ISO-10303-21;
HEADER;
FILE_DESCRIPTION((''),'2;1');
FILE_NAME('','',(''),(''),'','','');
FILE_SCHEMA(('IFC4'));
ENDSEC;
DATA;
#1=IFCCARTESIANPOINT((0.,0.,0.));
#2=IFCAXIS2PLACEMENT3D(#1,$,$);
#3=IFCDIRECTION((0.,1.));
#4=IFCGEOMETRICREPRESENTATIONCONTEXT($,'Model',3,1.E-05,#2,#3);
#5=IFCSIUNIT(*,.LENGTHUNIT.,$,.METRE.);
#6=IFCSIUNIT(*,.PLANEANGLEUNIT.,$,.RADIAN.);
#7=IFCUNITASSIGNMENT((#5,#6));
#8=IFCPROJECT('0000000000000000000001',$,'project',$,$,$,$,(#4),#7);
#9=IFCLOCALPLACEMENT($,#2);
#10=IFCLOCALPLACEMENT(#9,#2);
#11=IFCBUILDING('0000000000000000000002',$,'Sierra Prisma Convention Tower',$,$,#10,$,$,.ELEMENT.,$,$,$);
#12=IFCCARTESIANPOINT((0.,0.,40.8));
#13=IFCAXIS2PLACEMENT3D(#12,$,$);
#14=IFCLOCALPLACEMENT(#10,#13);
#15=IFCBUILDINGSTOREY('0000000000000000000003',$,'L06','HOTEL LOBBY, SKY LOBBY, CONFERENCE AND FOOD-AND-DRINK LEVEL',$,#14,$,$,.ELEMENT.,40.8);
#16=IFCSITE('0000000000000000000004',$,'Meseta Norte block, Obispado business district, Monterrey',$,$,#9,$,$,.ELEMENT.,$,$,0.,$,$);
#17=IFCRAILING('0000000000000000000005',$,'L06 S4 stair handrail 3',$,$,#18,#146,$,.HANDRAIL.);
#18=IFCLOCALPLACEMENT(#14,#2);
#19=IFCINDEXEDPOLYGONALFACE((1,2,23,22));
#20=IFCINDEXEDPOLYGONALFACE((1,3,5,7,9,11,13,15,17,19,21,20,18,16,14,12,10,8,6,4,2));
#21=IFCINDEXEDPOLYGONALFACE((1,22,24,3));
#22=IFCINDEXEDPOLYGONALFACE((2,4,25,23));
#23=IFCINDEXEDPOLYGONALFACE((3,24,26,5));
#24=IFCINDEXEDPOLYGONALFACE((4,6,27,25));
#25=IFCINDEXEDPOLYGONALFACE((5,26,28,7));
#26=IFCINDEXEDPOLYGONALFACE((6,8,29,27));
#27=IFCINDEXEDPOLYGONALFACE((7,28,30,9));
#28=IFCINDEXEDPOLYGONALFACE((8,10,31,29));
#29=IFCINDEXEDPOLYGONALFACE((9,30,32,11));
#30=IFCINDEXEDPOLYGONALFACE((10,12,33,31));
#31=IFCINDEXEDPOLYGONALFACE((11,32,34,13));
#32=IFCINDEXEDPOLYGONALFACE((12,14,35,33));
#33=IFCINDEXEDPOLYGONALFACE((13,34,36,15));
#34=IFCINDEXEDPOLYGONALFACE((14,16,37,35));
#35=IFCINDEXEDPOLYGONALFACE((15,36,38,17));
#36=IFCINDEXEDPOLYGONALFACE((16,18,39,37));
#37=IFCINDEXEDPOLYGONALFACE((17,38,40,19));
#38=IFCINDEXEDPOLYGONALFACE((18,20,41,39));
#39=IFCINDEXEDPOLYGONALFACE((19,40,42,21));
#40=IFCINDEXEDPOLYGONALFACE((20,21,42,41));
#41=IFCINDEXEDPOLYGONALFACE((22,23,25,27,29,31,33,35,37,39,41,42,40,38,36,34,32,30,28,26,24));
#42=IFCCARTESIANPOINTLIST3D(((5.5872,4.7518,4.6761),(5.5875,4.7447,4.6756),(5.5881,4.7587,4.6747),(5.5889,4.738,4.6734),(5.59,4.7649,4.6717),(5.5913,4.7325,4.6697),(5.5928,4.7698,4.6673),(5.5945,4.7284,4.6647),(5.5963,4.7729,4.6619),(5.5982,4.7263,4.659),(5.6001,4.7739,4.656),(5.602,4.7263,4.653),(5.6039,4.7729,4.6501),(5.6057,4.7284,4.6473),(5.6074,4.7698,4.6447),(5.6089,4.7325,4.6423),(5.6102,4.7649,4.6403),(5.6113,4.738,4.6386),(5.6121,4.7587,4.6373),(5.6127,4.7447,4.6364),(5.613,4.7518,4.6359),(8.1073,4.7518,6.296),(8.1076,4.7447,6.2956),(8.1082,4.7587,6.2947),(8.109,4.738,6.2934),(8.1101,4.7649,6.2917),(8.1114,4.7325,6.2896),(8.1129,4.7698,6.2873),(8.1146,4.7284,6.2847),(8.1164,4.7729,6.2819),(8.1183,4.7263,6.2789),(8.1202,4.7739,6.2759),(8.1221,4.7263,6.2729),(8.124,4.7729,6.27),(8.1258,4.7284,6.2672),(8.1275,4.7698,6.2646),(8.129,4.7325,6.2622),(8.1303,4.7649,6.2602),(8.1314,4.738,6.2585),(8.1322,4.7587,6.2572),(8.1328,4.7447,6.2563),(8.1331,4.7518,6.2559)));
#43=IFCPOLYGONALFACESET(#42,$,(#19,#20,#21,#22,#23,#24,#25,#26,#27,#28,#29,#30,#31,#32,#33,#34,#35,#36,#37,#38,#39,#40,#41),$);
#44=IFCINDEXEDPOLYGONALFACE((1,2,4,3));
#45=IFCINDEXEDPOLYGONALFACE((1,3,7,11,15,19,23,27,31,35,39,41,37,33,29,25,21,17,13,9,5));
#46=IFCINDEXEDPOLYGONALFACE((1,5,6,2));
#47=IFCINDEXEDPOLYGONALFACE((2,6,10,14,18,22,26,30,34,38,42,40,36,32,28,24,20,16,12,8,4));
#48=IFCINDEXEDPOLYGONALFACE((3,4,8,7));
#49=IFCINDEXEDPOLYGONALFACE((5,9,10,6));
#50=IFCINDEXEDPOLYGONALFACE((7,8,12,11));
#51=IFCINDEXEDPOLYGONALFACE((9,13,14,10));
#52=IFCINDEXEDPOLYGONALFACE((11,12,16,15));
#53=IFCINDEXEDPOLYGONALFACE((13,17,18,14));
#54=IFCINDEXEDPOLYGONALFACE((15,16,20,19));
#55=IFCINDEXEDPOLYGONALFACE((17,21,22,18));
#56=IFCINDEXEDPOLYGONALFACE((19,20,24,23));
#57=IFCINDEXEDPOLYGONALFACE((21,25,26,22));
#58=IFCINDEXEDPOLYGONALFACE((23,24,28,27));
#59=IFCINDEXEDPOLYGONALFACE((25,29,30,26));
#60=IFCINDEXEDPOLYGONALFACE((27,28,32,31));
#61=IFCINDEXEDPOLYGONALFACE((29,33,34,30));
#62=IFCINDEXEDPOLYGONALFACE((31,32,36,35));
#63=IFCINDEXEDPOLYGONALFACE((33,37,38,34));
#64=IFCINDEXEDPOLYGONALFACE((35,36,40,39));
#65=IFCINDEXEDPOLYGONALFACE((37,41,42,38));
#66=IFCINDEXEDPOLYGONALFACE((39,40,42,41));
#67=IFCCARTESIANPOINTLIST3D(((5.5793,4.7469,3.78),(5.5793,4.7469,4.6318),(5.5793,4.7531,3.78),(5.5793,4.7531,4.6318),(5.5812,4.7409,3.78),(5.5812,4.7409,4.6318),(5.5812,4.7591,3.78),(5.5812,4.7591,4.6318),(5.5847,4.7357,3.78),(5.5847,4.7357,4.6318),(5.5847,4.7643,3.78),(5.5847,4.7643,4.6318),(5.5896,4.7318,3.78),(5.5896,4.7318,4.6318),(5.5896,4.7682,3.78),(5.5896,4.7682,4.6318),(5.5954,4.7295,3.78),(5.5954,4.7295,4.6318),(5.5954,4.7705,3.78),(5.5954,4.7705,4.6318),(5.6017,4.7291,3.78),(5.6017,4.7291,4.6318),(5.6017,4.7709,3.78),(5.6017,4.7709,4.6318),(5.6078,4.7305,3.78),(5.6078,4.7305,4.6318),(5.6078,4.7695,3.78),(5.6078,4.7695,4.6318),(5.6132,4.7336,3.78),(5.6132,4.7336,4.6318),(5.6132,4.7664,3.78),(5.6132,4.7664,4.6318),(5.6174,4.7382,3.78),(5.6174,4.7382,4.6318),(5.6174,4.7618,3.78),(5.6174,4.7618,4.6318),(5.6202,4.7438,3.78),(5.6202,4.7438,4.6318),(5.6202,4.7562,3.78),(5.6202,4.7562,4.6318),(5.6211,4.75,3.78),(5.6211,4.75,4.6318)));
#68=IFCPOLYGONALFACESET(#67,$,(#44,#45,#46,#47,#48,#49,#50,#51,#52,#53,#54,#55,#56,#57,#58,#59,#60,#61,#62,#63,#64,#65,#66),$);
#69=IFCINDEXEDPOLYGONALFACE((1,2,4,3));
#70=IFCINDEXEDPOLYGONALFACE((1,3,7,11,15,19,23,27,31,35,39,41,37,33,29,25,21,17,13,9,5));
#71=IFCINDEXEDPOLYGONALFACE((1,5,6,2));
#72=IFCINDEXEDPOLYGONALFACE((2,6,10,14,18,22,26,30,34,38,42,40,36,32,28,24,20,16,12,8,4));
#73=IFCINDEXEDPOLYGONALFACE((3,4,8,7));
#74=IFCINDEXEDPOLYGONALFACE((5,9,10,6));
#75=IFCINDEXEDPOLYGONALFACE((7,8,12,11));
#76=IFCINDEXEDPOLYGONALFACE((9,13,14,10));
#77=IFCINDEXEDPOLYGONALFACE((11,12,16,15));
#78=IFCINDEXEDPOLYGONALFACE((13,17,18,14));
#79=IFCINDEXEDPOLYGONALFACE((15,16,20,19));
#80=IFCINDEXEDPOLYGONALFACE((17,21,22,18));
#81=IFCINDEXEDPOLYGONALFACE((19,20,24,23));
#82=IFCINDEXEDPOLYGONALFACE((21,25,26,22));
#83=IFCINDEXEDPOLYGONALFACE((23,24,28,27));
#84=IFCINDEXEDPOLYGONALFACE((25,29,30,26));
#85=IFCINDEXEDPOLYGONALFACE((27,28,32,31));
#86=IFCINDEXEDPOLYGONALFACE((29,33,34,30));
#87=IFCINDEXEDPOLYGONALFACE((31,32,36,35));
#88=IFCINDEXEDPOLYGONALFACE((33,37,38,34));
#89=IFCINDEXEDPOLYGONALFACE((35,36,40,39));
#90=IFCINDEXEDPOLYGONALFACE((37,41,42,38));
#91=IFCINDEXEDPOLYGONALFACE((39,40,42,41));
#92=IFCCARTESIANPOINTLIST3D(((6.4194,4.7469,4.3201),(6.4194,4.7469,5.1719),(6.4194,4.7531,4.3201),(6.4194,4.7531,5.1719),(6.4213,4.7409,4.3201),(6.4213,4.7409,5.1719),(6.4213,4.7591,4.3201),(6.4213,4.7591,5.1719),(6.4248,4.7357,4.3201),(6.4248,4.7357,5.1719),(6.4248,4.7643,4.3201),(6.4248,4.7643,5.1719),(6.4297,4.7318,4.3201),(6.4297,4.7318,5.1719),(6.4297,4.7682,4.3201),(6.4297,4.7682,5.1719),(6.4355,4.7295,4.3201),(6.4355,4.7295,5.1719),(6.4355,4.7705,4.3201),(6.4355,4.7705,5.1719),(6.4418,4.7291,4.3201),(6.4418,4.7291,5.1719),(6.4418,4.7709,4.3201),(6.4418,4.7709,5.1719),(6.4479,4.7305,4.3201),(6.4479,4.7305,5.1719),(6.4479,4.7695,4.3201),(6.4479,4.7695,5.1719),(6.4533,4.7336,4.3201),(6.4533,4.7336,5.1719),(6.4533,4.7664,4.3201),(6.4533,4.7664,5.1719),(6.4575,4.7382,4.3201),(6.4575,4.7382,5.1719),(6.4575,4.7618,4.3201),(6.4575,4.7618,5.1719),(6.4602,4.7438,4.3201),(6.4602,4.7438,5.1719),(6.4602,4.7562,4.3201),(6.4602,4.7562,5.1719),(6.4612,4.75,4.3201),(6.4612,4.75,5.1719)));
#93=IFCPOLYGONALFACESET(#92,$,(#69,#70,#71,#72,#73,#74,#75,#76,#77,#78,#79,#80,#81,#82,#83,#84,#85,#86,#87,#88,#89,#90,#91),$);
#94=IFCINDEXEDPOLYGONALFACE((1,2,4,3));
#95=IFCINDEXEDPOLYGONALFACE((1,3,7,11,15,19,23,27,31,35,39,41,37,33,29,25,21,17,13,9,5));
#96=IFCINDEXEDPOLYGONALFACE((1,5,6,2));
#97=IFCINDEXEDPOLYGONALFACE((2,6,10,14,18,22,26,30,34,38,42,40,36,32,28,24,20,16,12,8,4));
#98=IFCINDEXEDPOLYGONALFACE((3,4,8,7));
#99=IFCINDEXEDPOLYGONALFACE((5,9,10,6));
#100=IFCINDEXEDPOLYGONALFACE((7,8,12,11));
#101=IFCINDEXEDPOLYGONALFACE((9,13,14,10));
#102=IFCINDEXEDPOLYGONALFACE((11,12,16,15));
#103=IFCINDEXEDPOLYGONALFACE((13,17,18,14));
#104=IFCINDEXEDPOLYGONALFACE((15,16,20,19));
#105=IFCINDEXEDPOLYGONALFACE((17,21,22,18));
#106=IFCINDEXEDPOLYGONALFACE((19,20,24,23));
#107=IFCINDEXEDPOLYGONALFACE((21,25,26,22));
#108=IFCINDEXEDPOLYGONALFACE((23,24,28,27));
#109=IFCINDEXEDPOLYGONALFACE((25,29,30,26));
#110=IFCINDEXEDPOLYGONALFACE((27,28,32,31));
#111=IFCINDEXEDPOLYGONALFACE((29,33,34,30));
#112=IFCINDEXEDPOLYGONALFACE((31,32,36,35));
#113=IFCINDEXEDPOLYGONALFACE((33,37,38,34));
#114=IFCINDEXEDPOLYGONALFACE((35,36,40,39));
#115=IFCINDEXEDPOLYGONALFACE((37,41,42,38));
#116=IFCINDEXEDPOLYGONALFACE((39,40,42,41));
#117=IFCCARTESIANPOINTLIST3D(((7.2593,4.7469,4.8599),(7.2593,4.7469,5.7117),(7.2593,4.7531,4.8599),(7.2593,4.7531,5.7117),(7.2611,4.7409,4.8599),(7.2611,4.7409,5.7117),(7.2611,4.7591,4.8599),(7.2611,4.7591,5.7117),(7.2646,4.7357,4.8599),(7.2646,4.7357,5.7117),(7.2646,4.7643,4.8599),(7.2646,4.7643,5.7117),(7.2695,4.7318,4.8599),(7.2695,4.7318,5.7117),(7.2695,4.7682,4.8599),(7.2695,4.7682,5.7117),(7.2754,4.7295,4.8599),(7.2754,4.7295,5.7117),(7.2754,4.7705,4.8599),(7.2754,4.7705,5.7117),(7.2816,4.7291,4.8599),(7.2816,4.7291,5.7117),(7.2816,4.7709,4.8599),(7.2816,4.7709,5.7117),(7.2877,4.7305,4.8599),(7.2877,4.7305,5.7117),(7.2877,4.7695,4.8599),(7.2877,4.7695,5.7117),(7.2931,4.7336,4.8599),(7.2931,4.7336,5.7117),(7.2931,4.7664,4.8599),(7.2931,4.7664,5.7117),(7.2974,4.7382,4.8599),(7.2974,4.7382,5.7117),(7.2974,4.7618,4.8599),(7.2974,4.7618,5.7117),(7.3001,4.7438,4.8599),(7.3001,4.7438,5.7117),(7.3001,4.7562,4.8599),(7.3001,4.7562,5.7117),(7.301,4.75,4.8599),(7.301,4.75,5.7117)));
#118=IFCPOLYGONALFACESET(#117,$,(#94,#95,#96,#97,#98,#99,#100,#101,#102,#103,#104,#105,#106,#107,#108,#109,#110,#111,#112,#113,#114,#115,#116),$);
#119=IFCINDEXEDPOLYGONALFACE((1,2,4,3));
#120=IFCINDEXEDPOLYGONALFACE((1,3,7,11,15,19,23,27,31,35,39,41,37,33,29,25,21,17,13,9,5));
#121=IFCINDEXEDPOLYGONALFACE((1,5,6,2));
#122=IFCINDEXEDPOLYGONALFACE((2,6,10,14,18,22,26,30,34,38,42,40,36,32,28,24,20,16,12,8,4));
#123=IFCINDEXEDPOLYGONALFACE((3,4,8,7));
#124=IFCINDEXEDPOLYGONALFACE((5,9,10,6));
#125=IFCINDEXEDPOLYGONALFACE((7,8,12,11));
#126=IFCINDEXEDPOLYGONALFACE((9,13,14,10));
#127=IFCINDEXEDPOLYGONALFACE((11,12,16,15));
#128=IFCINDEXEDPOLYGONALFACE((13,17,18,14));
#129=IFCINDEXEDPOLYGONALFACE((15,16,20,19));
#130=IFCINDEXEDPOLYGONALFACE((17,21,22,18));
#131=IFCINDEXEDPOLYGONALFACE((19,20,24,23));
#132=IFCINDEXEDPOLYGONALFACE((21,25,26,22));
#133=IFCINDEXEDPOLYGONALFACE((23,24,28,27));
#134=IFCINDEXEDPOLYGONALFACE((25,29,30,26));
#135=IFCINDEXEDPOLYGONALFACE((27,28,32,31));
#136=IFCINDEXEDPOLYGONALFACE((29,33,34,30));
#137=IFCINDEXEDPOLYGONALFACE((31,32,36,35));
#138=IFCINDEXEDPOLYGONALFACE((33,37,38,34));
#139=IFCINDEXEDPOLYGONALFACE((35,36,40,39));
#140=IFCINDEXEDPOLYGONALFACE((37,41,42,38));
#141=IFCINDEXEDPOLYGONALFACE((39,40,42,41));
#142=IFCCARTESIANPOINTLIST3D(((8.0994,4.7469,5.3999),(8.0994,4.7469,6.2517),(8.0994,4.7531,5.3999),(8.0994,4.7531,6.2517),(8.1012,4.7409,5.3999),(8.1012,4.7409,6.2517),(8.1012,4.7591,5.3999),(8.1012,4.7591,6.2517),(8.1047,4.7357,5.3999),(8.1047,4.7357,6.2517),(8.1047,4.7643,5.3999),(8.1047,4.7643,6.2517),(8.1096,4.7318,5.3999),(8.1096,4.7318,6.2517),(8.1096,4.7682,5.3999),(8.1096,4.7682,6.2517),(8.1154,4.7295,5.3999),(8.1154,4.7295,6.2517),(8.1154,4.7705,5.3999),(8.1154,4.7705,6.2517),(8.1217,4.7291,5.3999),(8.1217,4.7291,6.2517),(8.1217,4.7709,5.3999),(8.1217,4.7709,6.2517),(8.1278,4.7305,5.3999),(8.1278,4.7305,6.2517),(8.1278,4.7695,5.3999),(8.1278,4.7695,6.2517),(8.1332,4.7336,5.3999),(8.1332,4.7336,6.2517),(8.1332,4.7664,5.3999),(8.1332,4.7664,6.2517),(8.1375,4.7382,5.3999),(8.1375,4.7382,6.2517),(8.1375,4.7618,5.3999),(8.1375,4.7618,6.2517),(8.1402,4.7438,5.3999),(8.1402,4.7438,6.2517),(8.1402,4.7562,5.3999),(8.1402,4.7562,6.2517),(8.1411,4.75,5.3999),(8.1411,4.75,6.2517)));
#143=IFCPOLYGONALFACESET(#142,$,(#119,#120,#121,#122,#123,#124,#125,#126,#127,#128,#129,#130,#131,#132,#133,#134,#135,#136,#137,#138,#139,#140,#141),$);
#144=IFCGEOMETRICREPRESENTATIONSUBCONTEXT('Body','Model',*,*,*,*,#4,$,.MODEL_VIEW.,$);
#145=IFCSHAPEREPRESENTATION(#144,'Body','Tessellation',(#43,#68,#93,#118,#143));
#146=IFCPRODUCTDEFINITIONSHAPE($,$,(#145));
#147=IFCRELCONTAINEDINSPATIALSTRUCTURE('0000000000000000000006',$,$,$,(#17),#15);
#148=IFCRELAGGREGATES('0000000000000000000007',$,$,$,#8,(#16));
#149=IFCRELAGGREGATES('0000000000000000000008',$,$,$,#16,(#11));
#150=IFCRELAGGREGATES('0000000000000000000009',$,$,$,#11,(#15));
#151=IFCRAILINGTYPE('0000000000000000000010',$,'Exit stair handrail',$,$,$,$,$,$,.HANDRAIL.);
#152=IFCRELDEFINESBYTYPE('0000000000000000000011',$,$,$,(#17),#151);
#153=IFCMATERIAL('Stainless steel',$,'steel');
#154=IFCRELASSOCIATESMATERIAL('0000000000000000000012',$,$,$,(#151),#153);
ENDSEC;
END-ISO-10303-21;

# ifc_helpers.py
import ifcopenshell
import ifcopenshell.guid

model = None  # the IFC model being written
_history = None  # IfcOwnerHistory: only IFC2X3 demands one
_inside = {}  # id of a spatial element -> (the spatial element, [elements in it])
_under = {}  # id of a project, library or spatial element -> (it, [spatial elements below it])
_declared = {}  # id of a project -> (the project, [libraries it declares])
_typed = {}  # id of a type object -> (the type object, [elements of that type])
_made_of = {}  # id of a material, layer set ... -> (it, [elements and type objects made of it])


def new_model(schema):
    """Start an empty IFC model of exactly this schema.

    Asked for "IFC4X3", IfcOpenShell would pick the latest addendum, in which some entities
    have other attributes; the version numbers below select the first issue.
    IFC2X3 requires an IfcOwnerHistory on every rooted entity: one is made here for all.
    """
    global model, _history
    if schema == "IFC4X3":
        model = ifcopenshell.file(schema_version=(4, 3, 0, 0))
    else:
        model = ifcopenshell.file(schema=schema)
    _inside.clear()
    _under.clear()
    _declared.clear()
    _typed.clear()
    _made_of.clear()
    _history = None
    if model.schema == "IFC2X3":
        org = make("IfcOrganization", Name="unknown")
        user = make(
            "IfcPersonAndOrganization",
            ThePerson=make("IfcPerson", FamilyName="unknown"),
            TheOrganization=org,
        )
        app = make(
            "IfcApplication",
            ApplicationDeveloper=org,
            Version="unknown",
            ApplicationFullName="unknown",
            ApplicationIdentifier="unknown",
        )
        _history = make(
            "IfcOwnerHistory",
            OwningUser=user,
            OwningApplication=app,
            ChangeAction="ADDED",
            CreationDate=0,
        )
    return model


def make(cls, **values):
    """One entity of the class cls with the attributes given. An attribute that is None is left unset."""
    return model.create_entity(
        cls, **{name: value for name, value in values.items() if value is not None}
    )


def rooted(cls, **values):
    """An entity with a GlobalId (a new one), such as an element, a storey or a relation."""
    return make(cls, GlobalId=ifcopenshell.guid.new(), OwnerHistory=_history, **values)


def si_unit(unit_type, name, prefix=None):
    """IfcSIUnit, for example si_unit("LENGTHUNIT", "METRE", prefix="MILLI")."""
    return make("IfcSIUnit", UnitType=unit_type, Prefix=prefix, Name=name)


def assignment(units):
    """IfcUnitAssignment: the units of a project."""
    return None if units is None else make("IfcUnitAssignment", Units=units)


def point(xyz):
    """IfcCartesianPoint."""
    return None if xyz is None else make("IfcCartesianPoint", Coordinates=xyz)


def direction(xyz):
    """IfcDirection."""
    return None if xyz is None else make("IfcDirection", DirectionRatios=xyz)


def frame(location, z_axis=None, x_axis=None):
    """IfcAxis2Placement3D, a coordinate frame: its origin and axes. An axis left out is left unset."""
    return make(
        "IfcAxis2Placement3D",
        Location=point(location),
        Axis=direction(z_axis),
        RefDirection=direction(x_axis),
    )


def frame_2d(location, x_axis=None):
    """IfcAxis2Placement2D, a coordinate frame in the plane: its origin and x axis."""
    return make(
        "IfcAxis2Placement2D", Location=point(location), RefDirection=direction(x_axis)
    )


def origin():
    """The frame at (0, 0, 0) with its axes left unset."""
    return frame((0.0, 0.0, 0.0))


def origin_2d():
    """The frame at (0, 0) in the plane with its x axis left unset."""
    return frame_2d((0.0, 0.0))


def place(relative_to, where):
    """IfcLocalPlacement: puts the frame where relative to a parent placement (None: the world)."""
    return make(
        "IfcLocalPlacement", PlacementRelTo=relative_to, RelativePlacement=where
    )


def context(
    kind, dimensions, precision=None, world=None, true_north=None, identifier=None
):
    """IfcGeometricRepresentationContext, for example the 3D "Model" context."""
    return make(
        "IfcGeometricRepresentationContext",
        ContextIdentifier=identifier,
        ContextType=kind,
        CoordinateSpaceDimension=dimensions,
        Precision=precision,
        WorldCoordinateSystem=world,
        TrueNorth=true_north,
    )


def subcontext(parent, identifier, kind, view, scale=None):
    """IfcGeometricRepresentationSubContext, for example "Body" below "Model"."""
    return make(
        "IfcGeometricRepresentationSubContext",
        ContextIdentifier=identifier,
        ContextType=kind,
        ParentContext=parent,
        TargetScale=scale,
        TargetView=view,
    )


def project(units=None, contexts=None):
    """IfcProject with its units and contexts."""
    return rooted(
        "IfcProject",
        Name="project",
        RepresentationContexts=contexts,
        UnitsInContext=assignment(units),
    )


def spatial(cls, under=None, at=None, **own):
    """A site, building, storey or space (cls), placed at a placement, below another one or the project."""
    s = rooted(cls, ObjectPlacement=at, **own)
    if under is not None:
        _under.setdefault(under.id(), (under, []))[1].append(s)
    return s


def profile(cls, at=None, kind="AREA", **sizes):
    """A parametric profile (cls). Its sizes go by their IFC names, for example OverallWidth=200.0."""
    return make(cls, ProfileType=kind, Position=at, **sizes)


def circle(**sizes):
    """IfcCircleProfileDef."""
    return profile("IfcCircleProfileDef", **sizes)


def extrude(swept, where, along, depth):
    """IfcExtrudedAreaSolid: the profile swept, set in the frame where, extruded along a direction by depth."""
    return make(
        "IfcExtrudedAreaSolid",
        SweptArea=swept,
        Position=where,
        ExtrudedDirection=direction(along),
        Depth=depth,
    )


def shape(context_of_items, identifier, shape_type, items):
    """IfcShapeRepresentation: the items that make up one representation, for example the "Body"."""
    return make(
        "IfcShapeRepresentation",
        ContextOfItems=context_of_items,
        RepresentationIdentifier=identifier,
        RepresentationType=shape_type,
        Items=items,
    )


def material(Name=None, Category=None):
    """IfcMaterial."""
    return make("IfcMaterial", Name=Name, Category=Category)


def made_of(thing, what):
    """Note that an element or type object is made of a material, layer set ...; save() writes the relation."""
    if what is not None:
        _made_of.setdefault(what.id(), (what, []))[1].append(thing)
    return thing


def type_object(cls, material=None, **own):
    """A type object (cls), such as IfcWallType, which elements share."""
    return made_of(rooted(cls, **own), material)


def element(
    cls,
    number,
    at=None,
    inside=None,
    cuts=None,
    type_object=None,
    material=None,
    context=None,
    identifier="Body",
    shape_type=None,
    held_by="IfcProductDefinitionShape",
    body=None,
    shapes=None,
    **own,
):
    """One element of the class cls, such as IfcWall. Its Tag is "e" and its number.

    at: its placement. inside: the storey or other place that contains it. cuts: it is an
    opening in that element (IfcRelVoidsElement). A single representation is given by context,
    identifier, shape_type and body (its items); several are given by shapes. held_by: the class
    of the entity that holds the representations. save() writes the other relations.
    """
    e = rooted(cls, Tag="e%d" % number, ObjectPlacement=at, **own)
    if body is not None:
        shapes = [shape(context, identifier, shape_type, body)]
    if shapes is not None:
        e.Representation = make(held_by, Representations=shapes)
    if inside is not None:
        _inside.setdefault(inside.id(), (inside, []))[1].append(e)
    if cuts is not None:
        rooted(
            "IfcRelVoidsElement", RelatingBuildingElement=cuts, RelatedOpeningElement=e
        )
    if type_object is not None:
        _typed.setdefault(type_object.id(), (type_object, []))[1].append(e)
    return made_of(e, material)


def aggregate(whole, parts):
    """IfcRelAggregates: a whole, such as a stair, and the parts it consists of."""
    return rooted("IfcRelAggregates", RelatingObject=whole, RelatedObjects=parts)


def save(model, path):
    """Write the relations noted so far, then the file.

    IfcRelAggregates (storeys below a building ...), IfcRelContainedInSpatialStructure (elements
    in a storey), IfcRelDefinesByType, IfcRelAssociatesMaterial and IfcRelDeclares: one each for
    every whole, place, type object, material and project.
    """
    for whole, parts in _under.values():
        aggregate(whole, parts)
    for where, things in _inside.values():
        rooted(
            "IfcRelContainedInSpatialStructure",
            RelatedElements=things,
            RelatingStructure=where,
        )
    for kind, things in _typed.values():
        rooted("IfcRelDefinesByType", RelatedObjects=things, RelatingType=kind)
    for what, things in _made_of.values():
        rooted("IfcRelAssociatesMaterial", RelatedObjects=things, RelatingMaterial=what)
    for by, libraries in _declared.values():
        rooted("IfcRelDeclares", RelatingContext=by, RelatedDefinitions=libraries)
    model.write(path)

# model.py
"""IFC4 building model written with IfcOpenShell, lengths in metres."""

from ifc_helpers import new_model, si_unit, direction, frame, origin, origin_2d, place, context, subcontext, project, spatial, circle, extrude, material, type_object, element, save


model = new_model("IFC4")

# Units and contexts
model_context = context("Model", 3, precision=1e-05, world=origin(), true_north=direction((0.0, 1.0)))
body_context = subcontext(model_context, "Body", "Model", "MODEL_VIEW")
ifc_project = project(units=[si_unit("LENGTHUNIT", "METRE"), si_unit("PLANEANGLEUNIT", "RADIAN")], contexts=[model_context])

# Site, building, storey
site_placement = place(None, origin())
site = spatial("IfcSite", under=ifc_project, at=site_placement, Name="Meseta Norte block, Obispado business district, Monterrey", CompositionType="ELEMENT", RefElevation=0.0)
building_placement = place(site_placement, origin())
building = spatial("IfcBuilding", under=site, at=building_placement, Name="Sierra Prisma Convention Tower", CompositionType="ELEMENT")
storey_placement = place(building_placement, frame((0.0, 0.0, 40.8)))
storey = spatial("IfcBuildingStorey", under=building, at=storey_placement, Name="L06", Description="HOTEL LOBBY, SKY LOBBY, CONFERENCE AND FOOD-AND-DRINK LEVEL", CompositionType="ELEMENT", Elevation=40.8)

# Railing
ifc_material_1 = material(Name="Stainless steel", Category="steel")
railing_type_1 = type_object("IfcRailingType", Name="Exit stair handrail", PredefinedType="HANDRAIL", material=ifc_material_1)
railing_1_placement = place(storey_placement, frame((5.6001, 4.75, 3.78)))
element("IfcRailing", 1, at=railing_1_placement, inside=storey, type_object=railing_type_1, Name="L06 S4 stair handrail 3", PredefinedType="HANDRAIL", context=body_context, shape_type="SweptSolid", body=[
    extrude(circle(Radius=0.0239, at=origin_2d()), frame((0.0, 0.0, 0.876), z_axis=(0.8412, 0.0, 0.540725), x_axis=(0.0, 1.0, 0.0)), (0.0, 0.0, 1.0), 2.9958),
    extrude(circle(Radius=0.021, at=origin_2d()), origin(), (0.0, 0.0, 1.0), 0.8518),
    extrude(circle(Radius=0.021, at=origin_2d()), frame((0.8401, 0.0, 0.54)), (0.0, 0.0, 1.0), 0.8518),
    extrude(circle(Radius=0.021, at=origin_2d()), frame((1.6799, 0.0, 1.0798)), (0.0, 0.0, 1.0), 0.8518),
    extrude(circle(Radius=0.021, at=origin_2d()), frame((2.52, 0.0, 1.6199)), (0.0, 0.0, 1.0), 0.8518),
])

save(model, "model.ifc")
